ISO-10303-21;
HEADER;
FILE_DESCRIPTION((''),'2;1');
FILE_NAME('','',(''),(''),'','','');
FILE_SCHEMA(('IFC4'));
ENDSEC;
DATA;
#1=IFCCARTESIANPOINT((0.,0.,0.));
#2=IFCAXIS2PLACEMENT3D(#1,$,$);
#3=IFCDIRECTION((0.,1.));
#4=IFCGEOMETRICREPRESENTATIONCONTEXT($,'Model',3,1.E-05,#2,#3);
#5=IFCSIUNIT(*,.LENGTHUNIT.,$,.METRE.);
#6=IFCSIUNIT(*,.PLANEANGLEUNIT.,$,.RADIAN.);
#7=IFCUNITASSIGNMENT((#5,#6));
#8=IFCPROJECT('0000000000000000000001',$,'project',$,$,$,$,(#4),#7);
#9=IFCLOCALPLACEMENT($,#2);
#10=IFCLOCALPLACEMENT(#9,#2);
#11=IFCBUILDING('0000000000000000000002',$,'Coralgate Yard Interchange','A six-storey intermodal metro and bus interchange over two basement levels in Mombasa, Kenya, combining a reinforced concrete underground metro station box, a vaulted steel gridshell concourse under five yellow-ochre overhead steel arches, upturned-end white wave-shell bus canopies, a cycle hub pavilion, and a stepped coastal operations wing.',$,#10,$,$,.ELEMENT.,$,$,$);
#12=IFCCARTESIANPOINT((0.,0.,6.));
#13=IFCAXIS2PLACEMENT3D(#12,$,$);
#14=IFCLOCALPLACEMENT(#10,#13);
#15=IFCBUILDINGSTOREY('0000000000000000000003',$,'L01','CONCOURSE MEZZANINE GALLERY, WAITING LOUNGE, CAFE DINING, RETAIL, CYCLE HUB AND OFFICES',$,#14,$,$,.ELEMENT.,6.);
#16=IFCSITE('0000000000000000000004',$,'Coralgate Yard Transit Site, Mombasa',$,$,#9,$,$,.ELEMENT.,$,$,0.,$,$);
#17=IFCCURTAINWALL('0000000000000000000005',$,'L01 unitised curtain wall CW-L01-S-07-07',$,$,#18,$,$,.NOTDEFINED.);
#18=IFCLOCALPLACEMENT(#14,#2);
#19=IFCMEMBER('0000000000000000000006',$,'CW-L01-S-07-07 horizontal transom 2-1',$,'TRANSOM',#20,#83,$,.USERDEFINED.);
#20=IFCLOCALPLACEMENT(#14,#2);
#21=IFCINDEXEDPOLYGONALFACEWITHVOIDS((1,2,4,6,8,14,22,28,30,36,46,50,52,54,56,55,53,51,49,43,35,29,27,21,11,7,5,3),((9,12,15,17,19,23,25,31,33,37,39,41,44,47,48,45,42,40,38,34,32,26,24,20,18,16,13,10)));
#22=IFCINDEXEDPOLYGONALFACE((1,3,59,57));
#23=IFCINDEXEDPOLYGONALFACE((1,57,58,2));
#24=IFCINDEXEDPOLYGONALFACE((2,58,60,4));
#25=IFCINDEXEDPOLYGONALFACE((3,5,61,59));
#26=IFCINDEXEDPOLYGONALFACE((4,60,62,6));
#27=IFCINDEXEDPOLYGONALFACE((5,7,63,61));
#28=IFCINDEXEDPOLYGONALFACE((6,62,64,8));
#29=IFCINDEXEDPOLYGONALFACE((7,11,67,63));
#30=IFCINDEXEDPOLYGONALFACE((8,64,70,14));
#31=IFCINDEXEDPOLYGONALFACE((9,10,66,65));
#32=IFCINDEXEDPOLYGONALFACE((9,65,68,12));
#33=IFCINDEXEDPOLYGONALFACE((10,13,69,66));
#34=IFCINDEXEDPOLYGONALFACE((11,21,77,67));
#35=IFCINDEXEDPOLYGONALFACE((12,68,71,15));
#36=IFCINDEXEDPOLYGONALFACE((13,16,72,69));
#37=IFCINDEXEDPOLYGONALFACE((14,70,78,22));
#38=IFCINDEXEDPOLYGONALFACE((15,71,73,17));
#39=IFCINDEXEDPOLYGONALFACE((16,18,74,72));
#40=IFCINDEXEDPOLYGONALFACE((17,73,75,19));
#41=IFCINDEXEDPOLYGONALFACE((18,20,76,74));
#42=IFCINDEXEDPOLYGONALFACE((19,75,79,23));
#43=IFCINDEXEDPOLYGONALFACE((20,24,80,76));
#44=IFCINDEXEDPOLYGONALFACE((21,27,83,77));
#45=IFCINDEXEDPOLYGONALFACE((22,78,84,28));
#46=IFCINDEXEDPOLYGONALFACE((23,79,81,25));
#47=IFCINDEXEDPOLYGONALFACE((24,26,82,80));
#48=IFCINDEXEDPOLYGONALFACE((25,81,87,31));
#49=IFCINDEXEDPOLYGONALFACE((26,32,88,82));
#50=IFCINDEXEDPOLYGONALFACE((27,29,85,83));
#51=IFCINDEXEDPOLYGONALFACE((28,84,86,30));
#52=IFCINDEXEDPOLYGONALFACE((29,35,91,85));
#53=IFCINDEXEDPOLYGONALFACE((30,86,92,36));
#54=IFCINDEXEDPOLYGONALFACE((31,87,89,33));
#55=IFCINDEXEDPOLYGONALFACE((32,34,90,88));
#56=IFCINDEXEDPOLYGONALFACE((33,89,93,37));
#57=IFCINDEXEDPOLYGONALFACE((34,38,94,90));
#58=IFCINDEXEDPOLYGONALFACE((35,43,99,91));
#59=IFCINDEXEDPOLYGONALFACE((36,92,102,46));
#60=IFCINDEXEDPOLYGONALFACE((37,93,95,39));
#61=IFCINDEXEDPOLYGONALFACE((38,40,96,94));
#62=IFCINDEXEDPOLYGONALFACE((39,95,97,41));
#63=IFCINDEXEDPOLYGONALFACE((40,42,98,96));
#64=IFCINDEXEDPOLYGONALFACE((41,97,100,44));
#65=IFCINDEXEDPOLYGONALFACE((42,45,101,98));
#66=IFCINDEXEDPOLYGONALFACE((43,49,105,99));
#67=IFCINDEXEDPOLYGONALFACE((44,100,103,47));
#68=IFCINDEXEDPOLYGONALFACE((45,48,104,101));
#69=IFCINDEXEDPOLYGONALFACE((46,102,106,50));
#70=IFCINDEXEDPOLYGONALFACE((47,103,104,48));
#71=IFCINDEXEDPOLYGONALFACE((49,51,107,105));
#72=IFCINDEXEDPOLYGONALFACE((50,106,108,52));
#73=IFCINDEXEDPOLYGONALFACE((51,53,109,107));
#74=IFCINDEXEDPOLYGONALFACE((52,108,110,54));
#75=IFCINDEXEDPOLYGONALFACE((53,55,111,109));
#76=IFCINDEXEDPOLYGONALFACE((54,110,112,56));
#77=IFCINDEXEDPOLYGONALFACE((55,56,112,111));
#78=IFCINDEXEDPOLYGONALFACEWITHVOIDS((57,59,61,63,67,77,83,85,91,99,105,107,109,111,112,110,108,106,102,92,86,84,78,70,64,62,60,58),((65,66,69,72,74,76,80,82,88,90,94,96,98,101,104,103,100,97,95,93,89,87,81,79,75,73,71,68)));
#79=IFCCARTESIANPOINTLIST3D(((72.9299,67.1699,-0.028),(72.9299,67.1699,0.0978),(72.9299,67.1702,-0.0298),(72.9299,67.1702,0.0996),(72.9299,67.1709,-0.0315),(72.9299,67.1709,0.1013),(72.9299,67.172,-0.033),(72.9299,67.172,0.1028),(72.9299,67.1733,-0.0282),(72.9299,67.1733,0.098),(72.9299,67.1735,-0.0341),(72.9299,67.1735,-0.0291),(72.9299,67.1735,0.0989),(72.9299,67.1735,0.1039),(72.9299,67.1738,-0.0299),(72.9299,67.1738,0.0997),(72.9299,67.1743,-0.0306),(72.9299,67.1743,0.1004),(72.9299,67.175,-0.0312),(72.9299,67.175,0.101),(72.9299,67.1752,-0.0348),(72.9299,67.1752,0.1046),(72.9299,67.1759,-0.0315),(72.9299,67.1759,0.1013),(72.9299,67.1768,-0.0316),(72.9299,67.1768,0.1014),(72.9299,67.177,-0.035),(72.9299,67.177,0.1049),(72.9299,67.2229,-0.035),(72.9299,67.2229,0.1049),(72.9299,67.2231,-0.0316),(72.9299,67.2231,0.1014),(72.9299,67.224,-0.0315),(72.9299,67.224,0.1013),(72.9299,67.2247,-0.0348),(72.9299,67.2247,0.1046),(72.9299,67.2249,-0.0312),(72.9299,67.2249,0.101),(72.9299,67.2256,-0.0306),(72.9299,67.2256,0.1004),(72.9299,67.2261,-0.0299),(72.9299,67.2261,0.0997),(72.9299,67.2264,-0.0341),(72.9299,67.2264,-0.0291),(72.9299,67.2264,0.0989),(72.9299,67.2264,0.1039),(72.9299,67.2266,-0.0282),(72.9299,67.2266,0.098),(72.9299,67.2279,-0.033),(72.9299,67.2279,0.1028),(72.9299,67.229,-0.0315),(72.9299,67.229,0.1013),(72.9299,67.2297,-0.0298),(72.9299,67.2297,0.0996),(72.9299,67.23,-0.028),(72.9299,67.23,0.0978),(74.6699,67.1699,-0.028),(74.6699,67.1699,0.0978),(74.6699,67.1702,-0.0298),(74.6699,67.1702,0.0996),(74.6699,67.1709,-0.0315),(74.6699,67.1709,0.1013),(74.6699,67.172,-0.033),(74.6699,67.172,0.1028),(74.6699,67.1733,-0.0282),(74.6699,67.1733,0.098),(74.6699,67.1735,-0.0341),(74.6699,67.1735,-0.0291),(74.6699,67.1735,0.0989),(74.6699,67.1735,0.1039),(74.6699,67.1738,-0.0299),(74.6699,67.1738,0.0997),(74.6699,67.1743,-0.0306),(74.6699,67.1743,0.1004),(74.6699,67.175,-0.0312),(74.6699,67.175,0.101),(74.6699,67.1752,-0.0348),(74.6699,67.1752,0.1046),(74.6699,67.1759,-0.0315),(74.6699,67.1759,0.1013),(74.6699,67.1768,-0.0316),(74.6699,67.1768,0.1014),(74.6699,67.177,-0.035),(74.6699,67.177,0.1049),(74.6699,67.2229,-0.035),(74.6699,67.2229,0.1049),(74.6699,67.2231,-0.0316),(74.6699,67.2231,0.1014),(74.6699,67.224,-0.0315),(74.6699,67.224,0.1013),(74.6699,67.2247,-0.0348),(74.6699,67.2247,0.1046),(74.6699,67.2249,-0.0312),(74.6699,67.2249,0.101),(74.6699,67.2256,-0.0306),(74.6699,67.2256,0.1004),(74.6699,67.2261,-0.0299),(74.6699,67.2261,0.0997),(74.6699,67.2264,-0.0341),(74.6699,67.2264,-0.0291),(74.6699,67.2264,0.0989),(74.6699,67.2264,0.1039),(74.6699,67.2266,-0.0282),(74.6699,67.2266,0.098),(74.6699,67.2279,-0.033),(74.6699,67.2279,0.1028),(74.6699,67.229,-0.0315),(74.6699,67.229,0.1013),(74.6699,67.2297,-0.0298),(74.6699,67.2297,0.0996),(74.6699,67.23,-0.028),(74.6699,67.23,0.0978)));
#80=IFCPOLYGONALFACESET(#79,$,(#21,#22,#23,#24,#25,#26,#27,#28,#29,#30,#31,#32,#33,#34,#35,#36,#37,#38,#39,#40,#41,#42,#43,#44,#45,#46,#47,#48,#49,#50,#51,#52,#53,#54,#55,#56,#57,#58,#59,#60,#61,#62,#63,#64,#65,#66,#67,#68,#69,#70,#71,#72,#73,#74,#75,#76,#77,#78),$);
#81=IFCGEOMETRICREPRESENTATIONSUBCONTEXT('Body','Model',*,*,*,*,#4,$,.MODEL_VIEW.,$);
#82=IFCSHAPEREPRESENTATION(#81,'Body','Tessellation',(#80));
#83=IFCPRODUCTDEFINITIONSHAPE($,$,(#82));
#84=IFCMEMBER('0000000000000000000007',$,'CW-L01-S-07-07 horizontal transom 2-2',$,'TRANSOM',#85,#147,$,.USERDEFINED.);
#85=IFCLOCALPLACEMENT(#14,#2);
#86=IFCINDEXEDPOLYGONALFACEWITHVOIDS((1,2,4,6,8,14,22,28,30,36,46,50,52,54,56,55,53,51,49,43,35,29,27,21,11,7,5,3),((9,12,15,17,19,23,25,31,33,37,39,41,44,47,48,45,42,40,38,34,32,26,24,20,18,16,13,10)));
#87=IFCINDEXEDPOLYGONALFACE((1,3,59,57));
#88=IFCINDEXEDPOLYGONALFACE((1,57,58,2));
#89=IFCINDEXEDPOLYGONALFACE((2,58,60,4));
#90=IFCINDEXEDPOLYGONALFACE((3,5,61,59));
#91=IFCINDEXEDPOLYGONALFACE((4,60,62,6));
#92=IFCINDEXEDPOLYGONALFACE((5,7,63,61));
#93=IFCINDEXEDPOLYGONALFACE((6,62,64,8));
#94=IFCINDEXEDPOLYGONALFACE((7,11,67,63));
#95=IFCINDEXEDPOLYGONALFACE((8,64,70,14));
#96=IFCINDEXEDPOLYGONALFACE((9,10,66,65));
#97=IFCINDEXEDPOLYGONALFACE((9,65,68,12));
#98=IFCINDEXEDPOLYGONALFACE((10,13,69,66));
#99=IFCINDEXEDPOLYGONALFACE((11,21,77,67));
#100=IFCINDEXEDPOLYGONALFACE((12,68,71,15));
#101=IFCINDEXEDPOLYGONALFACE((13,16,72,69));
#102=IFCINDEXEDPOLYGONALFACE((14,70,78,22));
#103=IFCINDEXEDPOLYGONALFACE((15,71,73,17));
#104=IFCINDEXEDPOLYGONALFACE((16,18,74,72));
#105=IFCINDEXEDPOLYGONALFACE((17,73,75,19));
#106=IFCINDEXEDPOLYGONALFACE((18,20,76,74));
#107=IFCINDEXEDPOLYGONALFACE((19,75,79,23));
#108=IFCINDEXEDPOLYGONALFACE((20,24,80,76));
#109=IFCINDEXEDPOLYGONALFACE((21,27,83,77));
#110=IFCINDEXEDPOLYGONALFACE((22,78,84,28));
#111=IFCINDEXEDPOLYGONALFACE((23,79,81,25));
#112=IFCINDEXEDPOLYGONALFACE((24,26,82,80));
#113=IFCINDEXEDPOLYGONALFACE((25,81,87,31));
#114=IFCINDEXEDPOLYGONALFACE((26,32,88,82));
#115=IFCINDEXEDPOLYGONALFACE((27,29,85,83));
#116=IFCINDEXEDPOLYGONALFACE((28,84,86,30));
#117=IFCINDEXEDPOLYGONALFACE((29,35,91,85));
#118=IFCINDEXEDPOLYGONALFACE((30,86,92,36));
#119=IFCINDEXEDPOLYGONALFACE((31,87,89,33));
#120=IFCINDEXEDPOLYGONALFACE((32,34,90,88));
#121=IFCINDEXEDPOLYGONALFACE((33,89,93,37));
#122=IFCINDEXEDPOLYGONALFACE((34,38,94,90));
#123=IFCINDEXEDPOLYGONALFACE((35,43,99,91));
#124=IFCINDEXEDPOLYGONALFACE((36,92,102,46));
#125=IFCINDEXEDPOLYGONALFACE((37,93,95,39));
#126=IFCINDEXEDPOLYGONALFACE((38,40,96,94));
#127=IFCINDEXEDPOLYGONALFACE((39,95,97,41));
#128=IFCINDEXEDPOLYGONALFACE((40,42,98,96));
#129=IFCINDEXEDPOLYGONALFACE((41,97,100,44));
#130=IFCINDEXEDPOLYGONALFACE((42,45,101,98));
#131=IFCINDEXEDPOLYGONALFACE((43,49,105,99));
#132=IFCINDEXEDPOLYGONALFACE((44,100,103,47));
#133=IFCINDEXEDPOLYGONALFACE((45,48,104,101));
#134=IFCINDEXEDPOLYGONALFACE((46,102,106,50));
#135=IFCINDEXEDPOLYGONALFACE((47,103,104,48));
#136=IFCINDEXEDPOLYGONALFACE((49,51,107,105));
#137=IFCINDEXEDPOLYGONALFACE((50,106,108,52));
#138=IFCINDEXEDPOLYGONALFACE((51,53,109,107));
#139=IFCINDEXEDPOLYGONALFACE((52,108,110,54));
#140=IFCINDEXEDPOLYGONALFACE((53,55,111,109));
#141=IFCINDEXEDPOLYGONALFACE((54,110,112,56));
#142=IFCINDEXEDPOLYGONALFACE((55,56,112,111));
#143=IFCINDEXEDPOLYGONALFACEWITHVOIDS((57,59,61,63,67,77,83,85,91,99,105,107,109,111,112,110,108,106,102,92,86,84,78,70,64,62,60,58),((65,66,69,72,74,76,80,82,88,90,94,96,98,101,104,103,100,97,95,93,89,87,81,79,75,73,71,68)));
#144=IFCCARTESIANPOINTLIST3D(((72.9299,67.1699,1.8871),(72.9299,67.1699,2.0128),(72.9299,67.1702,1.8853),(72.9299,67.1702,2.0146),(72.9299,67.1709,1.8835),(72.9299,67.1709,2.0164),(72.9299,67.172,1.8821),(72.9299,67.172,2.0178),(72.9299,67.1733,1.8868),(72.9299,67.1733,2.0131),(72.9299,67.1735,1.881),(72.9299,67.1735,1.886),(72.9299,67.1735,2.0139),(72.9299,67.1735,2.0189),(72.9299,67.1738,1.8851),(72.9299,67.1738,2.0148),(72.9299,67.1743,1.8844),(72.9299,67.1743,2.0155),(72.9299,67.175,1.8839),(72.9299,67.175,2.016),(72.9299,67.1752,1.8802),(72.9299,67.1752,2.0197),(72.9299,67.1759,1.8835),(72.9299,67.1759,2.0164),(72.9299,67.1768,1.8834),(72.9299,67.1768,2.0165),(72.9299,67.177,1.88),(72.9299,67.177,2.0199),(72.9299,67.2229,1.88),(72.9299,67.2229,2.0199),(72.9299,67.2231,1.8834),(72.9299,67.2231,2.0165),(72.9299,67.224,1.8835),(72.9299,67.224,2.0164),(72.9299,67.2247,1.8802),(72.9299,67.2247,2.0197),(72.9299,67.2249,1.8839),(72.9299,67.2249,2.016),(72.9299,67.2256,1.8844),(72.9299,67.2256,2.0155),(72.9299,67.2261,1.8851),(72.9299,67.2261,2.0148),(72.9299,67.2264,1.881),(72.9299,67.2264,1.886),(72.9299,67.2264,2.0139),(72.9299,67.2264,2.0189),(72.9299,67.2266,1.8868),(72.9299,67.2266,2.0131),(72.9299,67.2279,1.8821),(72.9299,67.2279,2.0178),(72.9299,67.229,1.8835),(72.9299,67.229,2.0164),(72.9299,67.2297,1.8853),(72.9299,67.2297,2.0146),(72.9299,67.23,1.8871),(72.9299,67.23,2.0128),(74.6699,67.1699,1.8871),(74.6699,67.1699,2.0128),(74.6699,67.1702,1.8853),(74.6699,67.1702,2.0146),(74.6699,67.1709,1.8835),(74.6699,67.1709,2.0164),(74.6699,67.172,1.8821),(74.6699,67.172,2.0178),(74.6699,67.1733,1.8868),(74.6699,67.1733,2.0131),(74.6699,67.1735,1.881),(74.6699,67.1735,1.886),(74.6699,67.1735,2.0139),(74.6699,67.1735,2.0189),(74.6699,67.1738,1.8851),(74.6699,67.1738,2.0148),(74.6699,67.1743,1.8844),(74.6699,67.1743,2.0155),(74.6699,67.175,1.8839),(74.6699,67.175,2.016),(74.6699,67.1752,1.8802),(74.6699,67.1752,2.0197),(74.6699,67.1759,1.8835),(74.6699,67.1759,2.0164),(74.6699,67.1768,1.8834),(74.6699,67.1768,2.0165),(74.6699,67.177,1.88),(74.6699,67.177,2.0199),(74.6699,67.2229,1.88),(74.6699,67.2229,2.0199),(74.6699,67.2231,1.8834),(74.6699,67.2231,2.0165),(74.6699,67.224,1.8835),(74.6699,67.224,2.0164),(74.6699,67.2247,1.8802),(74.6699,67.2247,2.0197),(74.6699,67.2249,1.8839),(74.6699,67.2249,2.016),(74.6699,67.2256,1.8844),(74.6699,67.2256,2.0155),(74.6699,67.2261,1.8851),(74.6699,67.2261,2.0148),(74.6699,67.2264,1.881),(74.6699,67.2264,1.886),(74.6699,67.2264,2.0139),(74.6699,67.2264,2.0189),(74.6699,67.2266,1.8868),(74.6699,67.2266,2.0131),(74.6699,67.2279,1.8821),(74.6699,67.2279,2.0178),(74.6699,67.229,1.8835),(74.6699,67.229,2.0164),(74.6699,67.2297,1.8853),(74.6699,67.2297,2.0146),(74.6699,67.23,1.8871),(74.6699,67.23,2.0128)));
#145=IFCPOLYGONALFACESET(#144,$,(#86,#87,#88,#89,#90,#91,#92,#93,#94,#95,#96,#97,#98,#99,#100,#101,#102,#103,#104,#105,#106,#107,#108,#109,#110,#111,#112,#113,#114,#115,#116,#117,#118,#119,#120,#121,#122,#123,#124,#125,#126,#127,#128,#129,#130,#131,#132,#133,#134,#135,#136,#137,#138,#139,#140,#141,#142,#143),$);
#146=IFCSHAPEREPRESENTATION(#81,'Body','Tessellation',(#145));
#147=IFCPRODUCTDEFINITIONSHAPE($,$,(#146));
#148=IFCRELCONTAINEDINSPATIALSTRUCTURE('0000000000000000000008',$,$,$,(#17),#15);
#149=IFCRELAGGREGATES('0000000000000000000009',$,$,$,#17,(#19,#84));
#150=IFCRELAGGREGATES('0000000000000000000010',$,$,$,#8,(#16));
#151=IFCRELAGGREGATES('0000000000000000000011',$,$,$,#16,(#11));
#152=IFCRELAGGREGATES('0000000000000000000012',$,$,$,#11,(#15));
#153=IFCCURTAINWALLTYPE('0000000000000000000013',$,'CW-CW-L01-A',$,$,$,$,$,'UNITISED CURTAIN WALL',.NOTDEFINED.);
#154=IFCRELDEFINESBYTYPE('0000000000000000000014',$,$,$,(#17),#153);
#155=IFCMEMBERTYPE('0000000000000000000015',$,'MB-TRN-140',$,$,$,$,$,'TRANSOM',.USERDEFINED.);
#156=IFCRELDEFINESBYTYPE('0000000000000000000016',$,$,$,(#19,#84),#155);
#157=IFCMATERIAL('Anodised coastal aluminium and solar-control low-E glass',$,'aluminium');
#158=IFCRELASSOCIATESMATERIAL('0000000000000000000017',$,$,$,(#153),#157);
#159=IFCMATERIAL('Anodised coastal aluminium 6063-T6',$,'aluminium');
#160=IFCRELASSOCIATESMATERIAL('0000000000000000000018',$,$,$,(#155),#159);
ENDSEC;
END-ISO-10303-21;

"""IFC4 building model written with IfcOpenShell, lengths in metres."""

from ifc_helpers import new_model, si_unit, direction, frame, origin, origin_2d, place, context, subcontext, project, spatial, hollow_rectangle, extrude, material, material_profile, profile_set, type_object, element, aggregate, save


model = new_model("IFC4")

# Units and contexts
model_context = context("Model", 3, precision=1e-05, world=origin(), true_north=direction((0.0, 1.0)))
body_context = subcontext(model_context, "Body", "Model", "MODEL_VIEW")
ifc_project = project(units=[si_unit("LENGTHUNIT", "METRE"), si_unit("PLANEANGLEUNIT", "RADIAN")], contexts=[model_context])

# Site, building, storey
site_placement = place(None, origin())
site = spatial("IfcSite", under=ifc_project, at=site_placement, Name="Coralgate Yard Transit Site, Mombasa", CompositionType="ELEMENT", RefElevation=0.0)
building_placement = place(site_placement, origin())
building = spatial("IfcBuilding", under=site, at=building_placement, Name="Coralgate Yard Interchange", Description="A six-storey intermodal metro and bus interchange over two basement levels in Mombasa, Kenya, combining a reinforced concrete underground metro station box, a vaulted steel gridshell concourse under five yellow-ochre overhead steel arches, upturned-end white wave-shell bus canopies, a cycle hub pavilion, and a stepped coastal operations wing.", CompositionType="ELEMENT")
storey_placement = place(building_placement, frame((0.0, 0.0, 6.0)))
storey = spatial("IfcBuildingStorey", under=building, at=storey_placement, Name="L01", Description="CONCOURSE MEZZANINE GALLERY, WAITING LOUNGE, CAFE DINING, RETAIL, CYCLE HUB AND OFFICES", CompositionType="ELEMENT", Elevation=6.0)

# Curtain wall
ifc_material_1 = material(Name="Anodised coastal aluminium and solar-control low-E glass", Category="aluminium")
curtain_wall_type = type_object("IfcCurtainWallType", Name="CW-CW-L01-A", ElementType="UNITISED CURTAIN WALL", PredefinedType="NOTDEFINED", material=ifc_material_1)
curtain_wall_1_placement = place(storey_placement, origin())
curtain_wall_1 = element("IfcCurtainWall", 1, at=curtain_wall_1_placement, inside=storey, type_object=curtain_wall_type, Name="L01 unitised curtain wall CW-L01-S-07-07", PredefinedType="NOTDEFINED")
ifc_material_2 = material(Name="Anodised coastal aluminium 6063-T6", Category="aluminium")

# Members
ifc_material_profile_1 = material_profile(ifc_material_2, hollow_rectangle(XDim=0.0601, YDim=0.1399, WallThickness=0.0034, InnerFilletRadius=0.0034, OuterFilletRadius=0.0071, at=origin_2d()), Name="ALU 60x140x3.5")
ifc_profile_set_1 = profile_set([ifc_material_profile_1], Name="Anodised coastal aluminium 6063-T6")
member_type_1 = type_object("IfcMemberType", Name="MB-TRN-140", ElementType="TRANSOM", PredefinedType="USERDEFINED", material=ifc_profile_set_1)
member_1_placement = place(storey_placement, frame((74.6699, 67.2, 0.0349), z_axis=(-1.0, 0.0, 0.0), x_axis=(0.0, -1.0, 0.0)))
member_1 = element("IfcMember", 2, at=member_1_placement, type_object=member_type_1, Name="CW-L01-S-07-07 horizontal transom 2-1", ObjectType="TRANSOM", PredefinedType="USERDEFINED", context=body_context, shape_type="SweptSolid", body=[
    extrude(hollow_rectangle(XDim=0.0601, YDim=0.1399, WallThickness=0.0034, InnerFilletRadius=0.0034, OuterFilletRadius=0.0071, at=origin_2d()), origin(), (0.0, 0.0, 1.0), 1.74),
])
member_2_placement = place(storey_placement, frame((74.6699, 67.2, 1.95), z_axis=(-1.0, 0.0, 0.0), x_axis=(0.0, -1.0, 0.0)))
member_2 = element("IfcMember", 3, at=member_2_placement, type_object=member_type_1, Name="CW-L01-S-07-07 horizontal transom 2-2", ObjectType="TRANSOM", PredefinedType="USERDEFINED", context=body_context, shape_type="SweptSolid", body=[
    extrude(hollow_rectangle(XDim=0.0601, YDim=0.1399, WallThickness=0.0034, InnerFilletRadius=0.0034, OuterFilletRadius=0.0071, at=origin_2d()), origin(), (0.0, 0.0, 1.0), 1.74),
])

aggregate(curtain_wall_1, [member_1, member_2])

save(model, "model.ifc")
